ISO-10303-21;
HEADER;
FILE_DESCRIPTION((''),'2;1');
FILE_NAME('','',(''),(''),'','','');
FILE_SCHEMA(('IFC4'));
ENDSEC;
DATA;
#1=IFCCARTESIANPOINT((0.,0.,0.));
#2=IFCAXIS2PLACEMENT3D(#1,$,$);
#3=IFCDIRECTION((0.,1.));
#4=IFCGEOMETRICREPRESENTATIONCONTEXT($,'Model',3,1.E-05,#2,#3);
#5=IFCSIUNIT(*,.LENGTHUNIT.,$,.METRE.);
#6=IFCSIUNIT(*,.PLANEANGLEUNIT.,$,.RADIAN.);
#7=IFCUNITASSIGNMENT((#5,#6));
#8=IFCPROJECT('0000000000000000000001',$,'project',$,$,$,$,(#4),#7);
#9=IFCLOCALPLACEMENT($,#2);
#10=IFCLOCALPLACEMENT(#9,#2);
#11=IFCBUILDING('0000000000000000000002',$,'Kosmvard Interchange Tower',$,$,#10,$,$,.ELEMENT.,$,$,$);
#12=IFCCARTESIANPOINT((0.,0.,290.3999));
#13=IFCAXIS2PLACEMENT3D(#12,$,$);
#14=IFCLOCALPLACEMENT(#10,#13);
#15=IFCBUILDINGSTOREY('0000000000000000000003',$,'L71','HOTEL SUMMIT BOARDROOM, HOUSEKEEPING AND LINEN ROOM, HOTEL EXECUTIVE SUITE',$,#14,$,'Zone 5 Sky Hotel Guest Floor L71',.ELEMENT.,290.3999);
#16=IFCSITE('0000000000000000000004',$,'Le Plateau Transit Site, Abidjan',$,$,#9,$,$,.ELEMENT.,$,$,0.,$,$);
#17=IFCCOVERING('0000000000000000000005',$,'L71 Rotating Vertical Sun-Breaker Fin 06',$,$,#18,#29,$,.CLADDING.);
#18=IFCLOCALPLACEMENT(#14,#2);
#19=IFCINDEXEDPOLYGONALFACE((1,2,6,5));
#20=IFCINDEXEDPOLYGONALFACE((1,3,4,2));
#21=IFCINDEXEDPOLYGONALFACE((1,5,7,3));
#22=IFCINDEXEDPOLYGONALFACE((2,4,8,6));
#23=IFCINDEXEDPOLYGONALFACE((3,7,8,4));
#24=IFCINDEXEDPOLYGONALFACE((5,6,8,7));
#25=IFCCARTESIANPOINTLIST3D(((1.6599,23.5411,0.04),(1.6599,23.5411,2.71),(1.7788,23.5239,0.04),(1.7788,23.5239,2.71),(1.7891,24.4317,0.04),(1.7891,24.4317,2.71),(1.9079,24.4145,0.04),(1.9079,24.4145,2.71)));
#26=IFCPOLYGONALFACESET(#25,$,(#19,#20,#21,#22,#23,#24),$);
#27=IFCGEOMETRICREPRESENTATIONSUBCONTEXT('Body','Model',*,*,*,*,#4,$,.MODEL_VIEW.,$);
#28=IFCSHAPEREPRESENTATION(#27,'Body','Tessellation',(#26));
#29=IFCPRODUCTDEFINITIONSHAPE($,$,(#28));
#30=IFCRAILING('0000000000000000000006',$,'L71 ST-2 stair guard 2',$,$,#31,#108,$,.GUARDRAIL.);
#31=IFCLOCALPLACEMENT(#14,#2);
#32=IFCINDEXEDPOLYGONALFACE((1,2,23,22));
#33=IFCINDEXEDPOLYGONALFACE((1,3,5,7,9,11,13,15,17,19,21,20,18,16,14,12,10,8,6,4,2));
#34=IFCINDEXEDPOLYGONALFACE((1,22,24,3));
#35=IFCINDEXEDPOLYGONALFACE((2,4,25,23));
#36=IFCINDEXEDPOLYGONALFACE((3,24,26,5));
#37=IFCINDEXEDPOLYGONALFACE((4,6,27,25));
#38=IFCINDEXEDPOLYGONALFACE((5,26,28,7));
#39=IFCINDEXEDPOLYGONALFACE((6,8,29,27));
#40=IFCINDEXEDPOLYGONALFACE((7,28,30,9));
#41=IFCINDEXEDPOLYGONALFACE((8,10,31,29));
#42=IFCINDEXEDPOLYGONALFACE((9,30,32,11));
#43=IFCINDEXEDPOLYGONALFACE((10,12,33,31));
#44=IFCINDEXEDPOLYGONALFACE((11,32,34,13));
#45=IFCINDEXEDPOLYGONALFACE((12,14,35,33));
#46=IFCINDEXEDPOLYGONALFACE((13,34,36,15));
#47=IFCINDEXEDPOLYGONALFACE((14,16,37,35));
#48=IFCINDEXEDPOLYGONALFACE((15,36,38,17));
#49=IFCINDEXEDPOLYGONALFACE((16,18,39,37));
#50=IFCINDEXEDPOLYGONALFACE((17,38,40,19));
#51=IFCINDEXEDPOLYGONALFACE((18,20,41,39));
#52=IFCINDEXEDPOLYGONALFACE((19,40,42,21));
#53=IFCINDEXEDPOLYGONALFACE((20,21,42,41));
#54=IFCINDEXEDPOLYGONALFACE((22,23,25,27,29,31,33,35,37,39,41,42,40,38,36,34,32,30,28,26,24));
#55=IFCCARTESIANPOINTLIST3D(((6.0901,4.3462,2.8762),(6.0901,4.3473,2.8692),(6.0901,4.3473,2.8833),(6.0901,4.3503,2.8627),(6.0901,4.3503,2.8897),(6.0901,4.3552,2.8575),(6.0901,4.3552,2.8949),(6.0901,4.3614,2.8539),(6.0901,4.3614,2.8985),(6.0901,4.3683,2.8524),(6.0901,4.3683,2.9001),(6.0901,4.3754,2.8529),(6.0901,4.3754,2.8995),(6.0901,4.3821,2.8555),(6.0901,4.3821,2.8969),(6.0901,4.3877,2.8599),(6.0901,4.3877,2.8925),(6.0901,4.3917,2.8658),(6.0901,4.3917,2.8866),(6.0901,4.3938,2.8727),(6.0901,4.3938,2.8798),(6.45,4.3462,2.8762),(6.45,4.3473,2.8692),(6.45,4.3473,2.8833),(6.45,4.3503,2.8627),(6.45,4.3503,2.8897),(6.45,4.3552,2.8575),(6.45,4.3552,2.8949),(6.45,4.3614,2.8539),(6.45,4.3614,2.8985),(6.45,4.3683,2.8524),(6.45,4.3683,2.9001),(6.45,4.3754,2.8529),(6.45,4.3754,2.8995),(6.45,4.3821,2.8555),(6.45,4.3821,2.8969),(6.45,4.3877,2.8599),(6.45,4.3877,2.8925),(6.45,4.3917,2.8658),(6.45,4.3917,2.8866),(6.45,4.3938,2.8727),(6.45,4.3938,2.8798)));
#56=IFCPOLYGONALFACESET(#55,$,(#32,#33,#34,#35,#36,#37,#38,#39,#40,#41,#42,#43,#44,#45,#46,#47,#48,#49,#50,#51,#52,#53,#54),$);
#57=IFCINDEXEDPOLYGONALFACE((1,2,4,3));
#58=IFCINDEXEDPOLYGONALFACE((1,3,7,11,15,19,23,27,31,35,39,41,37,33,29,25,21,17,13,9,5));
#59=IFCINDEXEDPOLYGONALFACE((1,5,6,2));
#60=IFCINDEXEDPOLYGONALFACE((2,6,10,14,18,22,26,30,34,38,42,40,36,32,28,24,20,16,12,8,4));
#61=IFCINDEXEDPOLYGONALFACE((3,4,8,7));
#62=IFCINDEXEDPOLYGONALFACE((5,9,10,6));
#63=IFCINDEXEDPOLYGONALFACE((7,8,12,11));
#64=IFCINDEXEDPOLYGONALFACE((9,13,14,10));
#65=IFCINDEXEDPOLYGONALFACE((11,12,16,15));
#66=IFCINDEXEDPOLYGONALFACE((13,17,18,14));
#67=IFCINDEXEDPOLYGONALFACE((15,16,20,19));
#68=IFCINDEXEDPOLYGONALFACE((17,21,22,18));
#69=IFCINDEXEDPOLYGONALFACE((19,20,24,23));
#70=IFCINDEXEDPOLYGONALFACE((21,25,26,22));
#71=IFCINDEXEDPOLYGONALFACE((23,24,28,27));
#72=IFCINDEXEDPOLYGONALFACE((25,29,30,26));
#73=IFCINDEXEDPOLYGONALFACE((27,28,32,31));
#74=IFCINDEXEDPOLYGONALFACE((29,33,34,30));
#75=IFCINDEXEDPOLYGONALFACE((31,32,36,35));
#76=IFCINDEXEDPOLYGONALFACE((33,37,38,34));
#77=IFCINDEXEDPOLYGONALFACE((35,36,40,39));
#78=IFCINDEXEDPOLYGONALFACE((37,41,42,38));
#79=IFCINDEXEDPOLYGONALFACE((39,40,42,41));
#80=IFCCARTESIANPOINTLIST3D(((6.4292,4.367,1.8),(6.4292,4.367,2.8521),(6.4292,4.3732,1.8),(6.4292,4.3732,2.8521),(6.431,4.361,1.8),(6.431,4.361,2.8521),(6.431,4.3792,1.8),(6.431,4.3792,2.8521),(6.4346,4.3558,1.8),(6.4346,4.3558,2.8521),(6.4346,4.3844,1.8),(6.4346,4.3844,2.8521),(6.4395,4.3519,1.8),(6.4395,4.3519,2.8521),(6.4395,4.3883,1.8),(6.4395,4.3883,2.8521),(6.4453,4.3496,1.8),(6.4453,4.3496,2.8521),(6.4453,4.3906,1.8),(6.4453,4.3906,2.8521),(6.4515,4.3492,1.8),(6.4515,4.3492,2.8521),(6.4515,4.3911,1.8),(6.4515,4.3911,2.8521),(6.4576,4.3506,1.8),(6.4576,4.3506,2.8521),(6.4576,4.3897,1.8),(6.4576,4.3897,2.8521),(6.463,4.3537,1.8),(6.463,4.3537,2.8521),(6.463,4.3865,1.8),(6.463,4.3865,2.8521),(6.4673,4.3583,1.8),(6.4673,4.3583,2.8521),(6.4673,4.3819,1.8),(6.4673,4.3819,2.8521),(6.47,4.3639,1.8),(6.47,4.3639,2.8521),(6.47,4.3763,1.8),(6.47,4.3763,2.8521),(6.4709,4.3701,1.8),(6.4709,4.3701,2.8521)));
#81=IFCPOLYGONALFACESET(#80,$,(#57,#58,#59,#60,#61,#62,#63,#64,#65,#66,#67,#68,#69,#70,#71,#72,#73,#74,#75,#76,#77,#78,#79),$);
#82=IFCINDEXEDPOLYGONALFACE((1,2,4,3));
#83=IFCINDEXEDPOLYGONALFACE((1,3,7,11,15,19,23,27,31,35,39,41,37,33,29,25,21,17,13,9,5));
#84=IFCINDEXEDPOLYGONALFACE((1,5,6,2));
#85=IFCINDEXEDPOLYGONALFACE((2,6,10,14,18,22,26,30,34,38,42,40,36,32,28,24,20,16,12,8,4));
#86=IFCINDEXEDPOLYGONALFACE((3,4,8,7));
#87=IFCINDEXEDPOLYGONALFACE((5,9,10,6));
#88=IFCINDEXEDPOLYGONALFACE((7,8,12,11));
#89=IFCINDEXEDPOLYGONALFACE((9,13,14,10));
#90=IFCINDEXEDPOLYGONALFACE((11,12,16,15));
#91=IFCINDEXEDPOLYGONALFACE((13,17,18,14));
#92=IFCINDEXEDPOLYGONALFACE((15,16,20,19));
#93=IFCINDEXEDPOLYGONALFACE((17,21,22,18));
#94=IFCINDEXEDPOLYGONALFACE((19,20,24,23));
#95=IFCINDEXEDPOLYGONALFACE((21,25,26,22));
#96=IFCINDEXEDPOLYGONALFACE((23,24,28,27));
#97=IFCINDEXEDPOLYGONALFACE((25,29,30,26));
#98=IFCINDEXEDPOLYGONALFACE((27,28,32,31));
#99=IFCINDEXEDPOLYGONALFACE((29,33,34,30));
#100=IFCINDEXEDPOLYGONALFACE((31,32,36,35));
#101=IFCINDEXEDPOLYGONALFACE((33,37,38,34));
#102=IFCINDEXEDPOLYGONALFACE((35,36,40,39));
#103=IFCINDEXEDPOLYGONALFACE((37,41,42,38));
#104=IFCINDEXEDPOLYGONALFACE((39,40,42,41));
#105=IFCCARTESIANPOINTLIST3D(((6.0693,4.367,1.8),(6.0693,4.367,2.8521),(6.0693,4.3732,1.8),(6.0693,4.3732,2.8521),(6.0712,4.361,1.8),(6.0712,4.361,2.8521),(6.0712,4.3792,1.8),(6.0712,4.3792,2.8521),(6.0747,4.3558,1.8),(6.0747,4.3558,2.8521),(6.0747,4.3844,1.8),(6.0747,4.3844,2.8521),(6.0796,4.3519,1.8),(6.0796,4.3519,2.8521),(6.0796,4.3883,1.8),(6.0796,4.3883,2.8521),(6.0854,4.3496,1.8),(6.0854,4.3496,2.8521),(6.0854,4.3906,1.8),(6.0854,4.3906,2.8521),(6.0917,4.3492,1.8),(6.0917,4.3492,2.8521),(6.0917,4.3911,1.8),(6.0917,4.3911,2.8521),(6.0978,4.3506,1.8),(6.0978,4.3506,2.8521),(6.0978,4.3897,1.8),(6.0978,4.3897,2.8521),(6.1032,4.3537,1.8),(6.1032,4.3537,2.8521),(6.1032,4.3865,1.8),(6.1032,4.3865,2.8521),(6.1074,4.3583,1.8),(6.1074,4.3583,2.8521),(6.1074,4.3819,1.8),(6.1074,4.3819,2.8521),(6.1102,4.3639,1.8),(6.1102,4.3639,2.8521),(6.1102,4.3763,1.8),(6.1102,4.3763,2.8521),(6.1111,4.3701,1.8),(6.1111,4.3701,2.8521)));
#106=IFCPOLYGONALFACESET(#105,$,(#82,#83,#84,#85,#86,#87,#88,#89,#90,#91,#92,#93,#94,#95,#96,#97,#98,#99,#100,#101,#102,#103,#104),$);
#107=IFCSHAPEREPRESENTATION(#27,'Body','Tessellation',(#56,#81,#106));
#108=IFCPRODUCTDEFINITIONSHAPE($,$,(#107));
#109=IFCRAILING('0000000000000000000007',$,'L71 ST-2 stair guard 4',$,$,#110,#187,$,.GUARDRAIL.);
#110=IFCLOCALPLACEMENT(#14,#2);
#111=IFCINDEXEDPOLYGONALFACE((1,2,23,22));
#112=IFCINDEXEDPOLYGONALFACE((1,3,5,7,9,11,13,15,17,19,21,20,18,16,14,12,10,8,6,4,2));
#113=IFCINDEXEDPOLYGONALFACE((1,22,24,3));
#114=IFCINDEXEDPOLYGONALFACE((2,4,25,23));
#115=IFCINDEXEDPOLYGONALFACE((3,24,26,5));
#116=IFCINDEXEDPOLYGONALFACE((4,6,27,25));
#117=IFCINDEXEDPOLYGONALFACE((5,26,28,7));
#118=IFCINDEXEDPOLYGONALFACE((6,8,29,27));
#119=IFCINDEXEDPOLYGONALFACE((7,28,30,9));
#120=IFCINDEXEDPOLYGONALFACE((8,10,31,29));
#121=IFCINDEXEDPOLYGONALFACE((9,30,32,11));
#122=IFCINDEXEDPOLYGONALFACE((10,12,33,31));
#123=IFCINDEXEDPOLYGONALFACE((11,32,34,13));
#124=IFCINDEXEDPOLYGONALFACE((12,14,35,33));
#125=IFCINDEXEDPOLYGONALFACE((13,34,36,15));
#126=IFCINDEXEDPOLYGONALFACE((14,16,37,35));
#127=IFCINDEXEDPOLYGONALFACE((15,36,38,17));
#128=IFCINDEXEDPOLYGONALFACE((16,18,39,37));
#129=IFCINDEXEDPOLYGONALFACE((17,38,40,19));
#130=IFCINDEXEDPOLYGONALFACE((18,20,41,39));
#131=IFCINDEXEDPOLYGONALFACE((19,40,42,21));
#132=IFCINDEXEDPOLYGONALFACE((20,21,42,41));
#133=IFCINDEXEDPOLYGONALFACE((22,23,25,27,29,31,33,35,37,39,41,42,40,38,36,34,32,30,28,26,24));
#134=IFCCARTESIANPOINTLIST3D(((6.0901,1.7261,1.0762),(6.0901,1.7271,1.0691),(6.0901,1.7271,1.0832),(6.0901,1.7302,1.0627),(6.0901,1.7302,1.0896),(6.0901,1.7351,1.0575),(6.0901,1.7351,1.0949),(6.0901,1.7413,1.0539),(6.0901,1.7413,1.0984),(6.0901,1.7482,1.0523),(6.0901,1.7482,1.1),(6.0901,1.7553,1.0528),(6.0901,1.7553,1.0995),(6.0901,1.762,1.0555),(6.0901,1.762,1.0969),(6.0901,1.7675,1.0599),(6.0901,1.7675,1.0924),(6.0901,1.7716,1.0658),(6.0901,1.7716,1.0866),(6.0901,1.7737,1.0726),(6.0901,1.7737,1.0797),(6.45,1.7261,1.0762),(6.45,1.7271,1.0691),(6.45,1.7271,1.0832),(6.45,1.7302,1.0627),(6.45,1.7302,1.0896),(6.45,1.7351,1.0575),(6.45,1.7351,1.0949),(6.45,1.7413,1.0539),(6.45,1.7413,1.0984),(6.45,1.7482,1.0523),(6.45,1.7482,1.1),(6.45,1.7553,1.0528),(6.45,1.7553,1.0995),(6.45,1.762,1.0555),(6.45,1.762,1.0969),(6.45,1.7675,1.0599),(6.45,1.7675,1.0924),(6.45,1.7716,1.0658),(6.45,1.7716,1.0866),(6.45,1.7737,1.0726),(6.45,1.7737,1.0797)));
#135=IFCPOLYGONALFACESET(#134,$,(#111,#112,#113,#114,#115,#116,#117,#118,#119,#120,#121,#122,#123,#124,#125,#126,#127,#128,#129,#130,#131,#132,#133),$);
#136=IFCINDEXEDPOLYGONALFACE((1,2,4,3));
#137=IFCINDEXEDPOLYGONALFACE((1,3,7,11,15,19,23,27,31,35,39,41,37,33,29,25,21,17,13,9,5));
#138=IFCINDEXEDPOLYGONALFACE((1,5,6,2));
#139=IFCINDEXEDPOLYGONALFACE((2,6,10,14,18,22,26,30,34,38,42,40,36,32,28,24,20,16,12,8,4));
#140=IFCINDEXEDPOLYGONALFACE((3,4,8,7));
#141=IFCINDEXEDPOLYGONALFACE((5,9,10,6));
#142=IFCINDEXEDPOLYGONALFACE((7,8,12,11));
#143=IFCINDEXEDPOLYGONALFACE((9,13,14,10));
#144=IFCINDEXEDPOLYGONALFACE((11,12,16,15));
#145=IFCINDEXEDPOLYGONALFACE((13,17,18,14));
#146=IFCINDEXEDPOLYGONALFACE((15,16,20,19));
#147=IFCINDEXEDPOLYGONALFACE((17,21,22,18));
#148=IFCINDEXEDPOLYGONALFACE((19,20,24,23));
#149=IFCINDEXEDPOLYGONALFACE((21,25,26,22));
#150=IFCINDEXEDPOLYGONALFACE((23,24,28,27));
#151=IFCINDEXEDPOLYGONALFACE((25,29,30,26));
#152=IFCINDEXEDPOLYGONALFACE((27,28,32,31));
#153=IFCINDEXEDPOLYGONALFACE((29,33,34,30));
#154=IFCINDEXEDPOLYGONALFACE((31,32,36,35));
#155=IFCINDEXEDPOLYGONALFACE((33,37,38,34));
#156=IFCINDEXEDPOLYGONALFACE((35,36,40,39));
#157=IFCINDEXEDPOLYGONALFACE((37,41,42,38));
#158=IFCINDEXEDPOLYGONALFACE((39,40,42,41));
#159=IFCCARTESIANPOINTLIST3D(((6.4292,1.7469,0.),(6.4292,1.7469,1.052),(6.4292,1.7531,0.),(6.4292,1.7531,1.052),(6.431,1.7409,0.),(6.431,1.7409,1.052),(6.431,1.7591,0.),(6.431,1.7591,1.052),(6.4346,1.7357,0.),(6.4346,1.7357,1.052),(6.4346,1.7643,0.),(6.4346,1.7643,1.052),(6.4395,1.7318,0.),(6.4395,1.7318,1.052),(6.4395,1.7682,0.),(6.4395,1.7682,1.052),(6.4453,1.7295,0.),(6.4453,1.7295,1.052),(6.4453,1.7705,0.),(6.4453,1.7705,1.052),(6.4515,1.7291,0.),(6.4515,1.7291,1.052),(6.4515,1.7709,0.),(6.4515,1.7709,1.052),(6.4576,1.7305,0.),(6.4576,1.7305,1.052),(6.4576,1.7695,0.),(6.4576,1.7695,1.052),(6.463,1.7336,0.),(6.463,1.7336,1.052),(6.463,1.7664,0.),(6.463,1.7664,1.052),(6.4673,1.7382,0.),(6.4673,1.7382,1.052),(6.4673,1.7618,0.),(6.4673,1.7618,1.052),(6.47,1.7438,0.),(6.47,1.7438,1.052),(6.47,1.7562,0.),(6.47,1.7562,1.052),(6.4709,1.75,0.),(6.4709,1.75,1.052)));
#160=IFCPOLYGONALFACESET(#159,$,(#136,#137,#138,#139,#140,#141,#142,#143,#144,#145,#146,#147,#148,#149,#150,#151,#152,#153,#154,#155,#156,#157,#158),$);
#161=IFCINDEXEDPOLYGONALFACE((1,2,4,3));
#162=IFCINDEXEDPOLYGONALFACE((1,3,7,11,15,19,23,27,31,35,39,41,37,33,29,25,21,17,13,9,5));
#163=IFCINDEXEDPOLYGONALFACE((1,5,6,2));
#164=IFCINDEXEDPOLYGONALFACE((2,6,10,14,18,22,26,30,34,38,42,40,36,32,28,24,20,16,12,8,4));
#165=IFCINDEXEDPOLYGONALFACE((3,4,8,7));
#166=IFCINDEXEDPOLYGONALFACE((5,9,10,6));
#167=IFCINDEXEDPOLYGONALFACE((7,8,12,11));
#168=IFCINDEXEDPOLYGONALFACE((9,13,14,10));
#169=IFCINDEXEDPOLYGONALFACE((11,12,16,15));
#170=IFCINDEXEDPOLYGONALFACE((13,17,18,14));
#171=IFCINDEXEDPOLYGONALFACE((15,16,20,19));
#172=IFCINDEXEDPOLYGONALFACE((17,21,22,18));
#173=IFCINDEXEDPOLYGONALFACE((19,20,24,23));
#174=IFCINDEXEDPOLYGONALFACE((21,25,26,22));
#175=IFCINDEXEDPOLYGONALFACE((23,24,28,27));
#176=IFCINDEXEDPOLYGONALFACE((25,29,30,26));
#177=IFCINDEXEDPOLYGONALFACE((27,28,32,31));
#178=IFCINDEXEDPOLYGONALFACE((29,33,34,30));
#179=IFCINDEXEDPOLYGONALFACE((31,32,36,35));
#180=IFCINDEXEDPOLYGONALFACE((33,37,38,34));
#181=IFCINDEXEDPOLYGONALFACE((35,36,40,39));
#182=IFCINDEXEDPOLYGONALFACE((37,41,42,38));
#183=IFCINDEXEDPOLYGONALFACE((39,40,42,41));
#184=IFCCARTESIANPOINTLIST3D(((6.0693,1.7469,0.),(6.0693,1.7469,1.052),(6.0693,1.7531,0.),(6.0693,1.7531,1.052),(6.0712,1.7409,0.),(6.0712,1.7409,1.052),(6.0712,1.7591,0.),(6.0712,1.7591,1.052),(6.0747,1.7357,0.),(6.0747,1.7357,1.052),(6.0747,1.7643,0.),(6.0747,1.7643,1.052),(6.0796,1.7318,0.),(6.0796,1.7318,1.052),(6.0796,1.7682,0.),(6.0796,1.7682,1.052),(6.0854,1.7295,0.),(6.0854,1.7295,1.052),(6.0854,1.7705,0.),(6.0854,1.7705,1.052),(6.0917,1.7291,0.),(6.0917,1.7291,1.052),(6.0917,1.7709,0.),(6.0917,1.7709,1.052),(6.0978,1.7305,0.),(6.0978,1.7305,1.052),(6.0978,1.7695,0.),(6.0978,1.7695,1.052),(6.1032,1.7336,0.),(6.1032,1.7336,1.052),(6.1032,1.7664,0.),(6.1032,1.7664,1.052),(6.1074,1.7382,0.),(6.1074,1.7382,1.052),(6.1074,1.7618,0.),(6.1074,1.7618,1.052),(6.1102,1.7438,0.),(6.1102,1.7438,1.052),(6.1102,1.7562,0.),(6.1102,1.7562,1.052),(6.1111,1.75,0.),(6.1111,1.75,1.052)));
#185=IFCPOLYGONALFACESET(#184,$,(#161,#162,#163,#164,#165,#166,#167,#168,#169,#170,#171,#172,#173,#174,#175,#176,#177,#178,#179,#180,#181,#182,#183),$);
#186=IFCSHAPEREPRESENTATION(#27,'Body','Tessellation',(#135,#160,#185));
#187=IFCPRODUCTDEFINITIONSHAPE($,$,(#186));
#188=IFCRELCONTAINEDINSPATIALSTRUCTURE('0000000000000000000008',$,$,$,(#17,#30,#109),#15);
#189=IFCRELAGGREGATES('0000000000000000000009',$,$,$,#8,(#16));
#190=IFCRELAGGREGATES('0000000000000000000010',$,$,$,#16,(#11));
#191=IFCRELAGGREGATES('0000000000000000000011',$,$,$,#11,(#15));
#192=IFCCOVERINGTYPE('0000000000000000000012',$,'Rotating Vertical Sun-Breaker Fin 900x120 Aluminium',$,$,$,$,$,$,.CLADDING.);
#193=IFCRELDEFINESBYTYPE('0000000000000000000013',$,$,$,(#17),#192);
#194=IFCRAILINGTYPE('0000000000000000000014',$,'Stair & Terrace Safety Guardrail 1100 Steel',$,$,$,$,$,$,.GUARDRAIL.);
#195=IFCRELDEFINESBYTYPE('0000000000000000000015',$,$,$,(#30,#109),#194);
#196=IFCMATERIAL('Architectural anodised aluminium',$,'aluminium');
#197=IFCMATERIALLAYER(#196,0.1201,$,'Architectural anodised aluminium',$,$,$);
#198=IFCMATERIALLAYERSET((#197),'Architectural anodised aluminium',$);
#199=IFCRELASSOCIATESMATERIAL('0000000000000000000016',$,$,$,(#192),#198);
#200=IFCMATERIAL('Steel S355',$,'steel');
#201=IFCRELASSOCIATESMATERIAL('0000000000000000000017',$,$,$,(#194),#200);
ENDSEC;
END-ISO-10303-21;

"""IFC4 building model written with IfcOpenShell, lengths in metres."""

from ifc_helpers import new_model, si_unit, direction, frame, origin, origin_2d, place, context, subcontext, project, spatial, rectangle, circle, extrude, source, transform, mapped, material, layer, layer_set, type_object, element, save


model = new_model("IFC4")

# Units and contexts
model_context = context("Model", 3, precision=1e-05, world=origin(), true_north=direction((0.0, 1.0)))
body_context = subcontext(model_context, "Body", "Model", "MODEL_VIEW")
ifc_project = project(units=[si_unit("LENGTHUNIT", "METRE"), si_unit("PLANEANGLEUNIT", "RADIAN")], contexts=[model_context])

# Site, building, storey
site_placement = place(None, origin())
site = spatial("IfcSite", under=ifc_project, at=site_placement, Name="Le Plateau Transit Site, Abidjan", CompositionType="ELEMENT", RefElevation=0.0)
building_placement = place(site_placement, origin())
building = spatial("IfcBuilding", under=site, at=building_placement, Name="Kosmvard Interchange Tower", CompositionType="ELEMENT")
storey_placement = place(building_placement, frame((0.0, 0.0, 290.3999)))
storey = spatial("IfcBuildingStorey", under=building, at=storey_placement, Name="L71", Description="HOTEL SUMMIT BOARDROOM, HOUSEKEEPING AND LINEN ROOM, HOTEL EXECUTIVE SUITE", LongName="Zone 5 Sky Hotel Guest Floor L71", CompositionType="ELEMENT", Elevation=290.3999)

# Shared definitions
ifc_material_1 = material(Name="Steel S355", Category="steel")

# Covering
ifc_material_2 = material(Name="Architectural anodised aluminium", Category="aluminium")
ifc_layer_1 = layer(ifc_material_2, 0.1201, Name="Architectural anodised aluminium")
ifc_layer_set_1 = layer_set([ifc_layer_1], Name="Architectural anodised aluminium")
covering_type = type_object("IfcCoveringType", Name="Rotating Vertical Sun-Breaker Fin 900x120 Aluminium", PredefinedType="CLADDING", material=ifc_layer_set_1)
shared_shape_1 = source(origin(), body_context, "Body", "SweptSolid", [
    extrude(rectangle(XDim=0.8999, YDim=0.1201, at=origin_2d()), origin(), (0.0, 0.0, 1.0), 2.6699),
])
covering_placement = place(storey_placement, frame((1.7839, 23.9778, 0.04), z_axis=(0.0, 0.0, 1.0), x_axis=(0.143493, 0.989651, 0.0)))
element("IfcCovering", 1, at=covering_placement, inside=storey, type_object=covering_type, Name="L71 Rotating Vertical Sun-Breaker Fin 06", PredefinedType="CLADDING", context=body_context, shape_type="MappedRepresentation", body=[
    mapped(shared_shape_1, transform((0.0, 0.0, 0.0), scale=1.0)),
])

# Railings
railing_type_1 = type_object("IfcRailingType", Name="Stair & Terrace Safety Guardrail 1100 Steel", PredefinedType="GUARDRAIL", material=ifc_material_1)
shared_shape_2 = source(origin(), body_context, "Body", "SweptSolid", [
    extrude(circle(Radius=0.0239, at=origin_2d()), frame((0.0, 0.0, 1.0762), z_axis=(-1.0, 0.0, 0.0), x_axis=(0.0, -1.0, 0.0)), (0.0, 0.0, 1.0), 0.3599),
    extrude(circle(Radius=0.021, at=origin_2d()), origin(), (0.0, 0.0, 1.0), 1.052),
    extrude(circle(Radius=0.021, at=origin_2d()), frame((-0.3599, 0.0, 0.0)), (0.0, 0.0, 1.0), 1.052),
])
for number, where, name in (
    (2, (6.45, 4.3701, 1.8), "L71 ST-2 stair guard 2"),
    (3, (6.45, 1.75, 0.0), "L71 ST-2 stair guard 4"),
):
    element("IfcRailing", number, at=place(storey_placement, frame(where)), inside=storey, type_object=railing_type_1, Name=name, PredefinedType="GUARDRAIL", context=body_context, shape_type="MappedRepresentation", body=[
        mapped(shared_shape_2, transform((0.0, 0.0, 0.0), scale=1.0)),
    ])

save(model, "model.ifc")
